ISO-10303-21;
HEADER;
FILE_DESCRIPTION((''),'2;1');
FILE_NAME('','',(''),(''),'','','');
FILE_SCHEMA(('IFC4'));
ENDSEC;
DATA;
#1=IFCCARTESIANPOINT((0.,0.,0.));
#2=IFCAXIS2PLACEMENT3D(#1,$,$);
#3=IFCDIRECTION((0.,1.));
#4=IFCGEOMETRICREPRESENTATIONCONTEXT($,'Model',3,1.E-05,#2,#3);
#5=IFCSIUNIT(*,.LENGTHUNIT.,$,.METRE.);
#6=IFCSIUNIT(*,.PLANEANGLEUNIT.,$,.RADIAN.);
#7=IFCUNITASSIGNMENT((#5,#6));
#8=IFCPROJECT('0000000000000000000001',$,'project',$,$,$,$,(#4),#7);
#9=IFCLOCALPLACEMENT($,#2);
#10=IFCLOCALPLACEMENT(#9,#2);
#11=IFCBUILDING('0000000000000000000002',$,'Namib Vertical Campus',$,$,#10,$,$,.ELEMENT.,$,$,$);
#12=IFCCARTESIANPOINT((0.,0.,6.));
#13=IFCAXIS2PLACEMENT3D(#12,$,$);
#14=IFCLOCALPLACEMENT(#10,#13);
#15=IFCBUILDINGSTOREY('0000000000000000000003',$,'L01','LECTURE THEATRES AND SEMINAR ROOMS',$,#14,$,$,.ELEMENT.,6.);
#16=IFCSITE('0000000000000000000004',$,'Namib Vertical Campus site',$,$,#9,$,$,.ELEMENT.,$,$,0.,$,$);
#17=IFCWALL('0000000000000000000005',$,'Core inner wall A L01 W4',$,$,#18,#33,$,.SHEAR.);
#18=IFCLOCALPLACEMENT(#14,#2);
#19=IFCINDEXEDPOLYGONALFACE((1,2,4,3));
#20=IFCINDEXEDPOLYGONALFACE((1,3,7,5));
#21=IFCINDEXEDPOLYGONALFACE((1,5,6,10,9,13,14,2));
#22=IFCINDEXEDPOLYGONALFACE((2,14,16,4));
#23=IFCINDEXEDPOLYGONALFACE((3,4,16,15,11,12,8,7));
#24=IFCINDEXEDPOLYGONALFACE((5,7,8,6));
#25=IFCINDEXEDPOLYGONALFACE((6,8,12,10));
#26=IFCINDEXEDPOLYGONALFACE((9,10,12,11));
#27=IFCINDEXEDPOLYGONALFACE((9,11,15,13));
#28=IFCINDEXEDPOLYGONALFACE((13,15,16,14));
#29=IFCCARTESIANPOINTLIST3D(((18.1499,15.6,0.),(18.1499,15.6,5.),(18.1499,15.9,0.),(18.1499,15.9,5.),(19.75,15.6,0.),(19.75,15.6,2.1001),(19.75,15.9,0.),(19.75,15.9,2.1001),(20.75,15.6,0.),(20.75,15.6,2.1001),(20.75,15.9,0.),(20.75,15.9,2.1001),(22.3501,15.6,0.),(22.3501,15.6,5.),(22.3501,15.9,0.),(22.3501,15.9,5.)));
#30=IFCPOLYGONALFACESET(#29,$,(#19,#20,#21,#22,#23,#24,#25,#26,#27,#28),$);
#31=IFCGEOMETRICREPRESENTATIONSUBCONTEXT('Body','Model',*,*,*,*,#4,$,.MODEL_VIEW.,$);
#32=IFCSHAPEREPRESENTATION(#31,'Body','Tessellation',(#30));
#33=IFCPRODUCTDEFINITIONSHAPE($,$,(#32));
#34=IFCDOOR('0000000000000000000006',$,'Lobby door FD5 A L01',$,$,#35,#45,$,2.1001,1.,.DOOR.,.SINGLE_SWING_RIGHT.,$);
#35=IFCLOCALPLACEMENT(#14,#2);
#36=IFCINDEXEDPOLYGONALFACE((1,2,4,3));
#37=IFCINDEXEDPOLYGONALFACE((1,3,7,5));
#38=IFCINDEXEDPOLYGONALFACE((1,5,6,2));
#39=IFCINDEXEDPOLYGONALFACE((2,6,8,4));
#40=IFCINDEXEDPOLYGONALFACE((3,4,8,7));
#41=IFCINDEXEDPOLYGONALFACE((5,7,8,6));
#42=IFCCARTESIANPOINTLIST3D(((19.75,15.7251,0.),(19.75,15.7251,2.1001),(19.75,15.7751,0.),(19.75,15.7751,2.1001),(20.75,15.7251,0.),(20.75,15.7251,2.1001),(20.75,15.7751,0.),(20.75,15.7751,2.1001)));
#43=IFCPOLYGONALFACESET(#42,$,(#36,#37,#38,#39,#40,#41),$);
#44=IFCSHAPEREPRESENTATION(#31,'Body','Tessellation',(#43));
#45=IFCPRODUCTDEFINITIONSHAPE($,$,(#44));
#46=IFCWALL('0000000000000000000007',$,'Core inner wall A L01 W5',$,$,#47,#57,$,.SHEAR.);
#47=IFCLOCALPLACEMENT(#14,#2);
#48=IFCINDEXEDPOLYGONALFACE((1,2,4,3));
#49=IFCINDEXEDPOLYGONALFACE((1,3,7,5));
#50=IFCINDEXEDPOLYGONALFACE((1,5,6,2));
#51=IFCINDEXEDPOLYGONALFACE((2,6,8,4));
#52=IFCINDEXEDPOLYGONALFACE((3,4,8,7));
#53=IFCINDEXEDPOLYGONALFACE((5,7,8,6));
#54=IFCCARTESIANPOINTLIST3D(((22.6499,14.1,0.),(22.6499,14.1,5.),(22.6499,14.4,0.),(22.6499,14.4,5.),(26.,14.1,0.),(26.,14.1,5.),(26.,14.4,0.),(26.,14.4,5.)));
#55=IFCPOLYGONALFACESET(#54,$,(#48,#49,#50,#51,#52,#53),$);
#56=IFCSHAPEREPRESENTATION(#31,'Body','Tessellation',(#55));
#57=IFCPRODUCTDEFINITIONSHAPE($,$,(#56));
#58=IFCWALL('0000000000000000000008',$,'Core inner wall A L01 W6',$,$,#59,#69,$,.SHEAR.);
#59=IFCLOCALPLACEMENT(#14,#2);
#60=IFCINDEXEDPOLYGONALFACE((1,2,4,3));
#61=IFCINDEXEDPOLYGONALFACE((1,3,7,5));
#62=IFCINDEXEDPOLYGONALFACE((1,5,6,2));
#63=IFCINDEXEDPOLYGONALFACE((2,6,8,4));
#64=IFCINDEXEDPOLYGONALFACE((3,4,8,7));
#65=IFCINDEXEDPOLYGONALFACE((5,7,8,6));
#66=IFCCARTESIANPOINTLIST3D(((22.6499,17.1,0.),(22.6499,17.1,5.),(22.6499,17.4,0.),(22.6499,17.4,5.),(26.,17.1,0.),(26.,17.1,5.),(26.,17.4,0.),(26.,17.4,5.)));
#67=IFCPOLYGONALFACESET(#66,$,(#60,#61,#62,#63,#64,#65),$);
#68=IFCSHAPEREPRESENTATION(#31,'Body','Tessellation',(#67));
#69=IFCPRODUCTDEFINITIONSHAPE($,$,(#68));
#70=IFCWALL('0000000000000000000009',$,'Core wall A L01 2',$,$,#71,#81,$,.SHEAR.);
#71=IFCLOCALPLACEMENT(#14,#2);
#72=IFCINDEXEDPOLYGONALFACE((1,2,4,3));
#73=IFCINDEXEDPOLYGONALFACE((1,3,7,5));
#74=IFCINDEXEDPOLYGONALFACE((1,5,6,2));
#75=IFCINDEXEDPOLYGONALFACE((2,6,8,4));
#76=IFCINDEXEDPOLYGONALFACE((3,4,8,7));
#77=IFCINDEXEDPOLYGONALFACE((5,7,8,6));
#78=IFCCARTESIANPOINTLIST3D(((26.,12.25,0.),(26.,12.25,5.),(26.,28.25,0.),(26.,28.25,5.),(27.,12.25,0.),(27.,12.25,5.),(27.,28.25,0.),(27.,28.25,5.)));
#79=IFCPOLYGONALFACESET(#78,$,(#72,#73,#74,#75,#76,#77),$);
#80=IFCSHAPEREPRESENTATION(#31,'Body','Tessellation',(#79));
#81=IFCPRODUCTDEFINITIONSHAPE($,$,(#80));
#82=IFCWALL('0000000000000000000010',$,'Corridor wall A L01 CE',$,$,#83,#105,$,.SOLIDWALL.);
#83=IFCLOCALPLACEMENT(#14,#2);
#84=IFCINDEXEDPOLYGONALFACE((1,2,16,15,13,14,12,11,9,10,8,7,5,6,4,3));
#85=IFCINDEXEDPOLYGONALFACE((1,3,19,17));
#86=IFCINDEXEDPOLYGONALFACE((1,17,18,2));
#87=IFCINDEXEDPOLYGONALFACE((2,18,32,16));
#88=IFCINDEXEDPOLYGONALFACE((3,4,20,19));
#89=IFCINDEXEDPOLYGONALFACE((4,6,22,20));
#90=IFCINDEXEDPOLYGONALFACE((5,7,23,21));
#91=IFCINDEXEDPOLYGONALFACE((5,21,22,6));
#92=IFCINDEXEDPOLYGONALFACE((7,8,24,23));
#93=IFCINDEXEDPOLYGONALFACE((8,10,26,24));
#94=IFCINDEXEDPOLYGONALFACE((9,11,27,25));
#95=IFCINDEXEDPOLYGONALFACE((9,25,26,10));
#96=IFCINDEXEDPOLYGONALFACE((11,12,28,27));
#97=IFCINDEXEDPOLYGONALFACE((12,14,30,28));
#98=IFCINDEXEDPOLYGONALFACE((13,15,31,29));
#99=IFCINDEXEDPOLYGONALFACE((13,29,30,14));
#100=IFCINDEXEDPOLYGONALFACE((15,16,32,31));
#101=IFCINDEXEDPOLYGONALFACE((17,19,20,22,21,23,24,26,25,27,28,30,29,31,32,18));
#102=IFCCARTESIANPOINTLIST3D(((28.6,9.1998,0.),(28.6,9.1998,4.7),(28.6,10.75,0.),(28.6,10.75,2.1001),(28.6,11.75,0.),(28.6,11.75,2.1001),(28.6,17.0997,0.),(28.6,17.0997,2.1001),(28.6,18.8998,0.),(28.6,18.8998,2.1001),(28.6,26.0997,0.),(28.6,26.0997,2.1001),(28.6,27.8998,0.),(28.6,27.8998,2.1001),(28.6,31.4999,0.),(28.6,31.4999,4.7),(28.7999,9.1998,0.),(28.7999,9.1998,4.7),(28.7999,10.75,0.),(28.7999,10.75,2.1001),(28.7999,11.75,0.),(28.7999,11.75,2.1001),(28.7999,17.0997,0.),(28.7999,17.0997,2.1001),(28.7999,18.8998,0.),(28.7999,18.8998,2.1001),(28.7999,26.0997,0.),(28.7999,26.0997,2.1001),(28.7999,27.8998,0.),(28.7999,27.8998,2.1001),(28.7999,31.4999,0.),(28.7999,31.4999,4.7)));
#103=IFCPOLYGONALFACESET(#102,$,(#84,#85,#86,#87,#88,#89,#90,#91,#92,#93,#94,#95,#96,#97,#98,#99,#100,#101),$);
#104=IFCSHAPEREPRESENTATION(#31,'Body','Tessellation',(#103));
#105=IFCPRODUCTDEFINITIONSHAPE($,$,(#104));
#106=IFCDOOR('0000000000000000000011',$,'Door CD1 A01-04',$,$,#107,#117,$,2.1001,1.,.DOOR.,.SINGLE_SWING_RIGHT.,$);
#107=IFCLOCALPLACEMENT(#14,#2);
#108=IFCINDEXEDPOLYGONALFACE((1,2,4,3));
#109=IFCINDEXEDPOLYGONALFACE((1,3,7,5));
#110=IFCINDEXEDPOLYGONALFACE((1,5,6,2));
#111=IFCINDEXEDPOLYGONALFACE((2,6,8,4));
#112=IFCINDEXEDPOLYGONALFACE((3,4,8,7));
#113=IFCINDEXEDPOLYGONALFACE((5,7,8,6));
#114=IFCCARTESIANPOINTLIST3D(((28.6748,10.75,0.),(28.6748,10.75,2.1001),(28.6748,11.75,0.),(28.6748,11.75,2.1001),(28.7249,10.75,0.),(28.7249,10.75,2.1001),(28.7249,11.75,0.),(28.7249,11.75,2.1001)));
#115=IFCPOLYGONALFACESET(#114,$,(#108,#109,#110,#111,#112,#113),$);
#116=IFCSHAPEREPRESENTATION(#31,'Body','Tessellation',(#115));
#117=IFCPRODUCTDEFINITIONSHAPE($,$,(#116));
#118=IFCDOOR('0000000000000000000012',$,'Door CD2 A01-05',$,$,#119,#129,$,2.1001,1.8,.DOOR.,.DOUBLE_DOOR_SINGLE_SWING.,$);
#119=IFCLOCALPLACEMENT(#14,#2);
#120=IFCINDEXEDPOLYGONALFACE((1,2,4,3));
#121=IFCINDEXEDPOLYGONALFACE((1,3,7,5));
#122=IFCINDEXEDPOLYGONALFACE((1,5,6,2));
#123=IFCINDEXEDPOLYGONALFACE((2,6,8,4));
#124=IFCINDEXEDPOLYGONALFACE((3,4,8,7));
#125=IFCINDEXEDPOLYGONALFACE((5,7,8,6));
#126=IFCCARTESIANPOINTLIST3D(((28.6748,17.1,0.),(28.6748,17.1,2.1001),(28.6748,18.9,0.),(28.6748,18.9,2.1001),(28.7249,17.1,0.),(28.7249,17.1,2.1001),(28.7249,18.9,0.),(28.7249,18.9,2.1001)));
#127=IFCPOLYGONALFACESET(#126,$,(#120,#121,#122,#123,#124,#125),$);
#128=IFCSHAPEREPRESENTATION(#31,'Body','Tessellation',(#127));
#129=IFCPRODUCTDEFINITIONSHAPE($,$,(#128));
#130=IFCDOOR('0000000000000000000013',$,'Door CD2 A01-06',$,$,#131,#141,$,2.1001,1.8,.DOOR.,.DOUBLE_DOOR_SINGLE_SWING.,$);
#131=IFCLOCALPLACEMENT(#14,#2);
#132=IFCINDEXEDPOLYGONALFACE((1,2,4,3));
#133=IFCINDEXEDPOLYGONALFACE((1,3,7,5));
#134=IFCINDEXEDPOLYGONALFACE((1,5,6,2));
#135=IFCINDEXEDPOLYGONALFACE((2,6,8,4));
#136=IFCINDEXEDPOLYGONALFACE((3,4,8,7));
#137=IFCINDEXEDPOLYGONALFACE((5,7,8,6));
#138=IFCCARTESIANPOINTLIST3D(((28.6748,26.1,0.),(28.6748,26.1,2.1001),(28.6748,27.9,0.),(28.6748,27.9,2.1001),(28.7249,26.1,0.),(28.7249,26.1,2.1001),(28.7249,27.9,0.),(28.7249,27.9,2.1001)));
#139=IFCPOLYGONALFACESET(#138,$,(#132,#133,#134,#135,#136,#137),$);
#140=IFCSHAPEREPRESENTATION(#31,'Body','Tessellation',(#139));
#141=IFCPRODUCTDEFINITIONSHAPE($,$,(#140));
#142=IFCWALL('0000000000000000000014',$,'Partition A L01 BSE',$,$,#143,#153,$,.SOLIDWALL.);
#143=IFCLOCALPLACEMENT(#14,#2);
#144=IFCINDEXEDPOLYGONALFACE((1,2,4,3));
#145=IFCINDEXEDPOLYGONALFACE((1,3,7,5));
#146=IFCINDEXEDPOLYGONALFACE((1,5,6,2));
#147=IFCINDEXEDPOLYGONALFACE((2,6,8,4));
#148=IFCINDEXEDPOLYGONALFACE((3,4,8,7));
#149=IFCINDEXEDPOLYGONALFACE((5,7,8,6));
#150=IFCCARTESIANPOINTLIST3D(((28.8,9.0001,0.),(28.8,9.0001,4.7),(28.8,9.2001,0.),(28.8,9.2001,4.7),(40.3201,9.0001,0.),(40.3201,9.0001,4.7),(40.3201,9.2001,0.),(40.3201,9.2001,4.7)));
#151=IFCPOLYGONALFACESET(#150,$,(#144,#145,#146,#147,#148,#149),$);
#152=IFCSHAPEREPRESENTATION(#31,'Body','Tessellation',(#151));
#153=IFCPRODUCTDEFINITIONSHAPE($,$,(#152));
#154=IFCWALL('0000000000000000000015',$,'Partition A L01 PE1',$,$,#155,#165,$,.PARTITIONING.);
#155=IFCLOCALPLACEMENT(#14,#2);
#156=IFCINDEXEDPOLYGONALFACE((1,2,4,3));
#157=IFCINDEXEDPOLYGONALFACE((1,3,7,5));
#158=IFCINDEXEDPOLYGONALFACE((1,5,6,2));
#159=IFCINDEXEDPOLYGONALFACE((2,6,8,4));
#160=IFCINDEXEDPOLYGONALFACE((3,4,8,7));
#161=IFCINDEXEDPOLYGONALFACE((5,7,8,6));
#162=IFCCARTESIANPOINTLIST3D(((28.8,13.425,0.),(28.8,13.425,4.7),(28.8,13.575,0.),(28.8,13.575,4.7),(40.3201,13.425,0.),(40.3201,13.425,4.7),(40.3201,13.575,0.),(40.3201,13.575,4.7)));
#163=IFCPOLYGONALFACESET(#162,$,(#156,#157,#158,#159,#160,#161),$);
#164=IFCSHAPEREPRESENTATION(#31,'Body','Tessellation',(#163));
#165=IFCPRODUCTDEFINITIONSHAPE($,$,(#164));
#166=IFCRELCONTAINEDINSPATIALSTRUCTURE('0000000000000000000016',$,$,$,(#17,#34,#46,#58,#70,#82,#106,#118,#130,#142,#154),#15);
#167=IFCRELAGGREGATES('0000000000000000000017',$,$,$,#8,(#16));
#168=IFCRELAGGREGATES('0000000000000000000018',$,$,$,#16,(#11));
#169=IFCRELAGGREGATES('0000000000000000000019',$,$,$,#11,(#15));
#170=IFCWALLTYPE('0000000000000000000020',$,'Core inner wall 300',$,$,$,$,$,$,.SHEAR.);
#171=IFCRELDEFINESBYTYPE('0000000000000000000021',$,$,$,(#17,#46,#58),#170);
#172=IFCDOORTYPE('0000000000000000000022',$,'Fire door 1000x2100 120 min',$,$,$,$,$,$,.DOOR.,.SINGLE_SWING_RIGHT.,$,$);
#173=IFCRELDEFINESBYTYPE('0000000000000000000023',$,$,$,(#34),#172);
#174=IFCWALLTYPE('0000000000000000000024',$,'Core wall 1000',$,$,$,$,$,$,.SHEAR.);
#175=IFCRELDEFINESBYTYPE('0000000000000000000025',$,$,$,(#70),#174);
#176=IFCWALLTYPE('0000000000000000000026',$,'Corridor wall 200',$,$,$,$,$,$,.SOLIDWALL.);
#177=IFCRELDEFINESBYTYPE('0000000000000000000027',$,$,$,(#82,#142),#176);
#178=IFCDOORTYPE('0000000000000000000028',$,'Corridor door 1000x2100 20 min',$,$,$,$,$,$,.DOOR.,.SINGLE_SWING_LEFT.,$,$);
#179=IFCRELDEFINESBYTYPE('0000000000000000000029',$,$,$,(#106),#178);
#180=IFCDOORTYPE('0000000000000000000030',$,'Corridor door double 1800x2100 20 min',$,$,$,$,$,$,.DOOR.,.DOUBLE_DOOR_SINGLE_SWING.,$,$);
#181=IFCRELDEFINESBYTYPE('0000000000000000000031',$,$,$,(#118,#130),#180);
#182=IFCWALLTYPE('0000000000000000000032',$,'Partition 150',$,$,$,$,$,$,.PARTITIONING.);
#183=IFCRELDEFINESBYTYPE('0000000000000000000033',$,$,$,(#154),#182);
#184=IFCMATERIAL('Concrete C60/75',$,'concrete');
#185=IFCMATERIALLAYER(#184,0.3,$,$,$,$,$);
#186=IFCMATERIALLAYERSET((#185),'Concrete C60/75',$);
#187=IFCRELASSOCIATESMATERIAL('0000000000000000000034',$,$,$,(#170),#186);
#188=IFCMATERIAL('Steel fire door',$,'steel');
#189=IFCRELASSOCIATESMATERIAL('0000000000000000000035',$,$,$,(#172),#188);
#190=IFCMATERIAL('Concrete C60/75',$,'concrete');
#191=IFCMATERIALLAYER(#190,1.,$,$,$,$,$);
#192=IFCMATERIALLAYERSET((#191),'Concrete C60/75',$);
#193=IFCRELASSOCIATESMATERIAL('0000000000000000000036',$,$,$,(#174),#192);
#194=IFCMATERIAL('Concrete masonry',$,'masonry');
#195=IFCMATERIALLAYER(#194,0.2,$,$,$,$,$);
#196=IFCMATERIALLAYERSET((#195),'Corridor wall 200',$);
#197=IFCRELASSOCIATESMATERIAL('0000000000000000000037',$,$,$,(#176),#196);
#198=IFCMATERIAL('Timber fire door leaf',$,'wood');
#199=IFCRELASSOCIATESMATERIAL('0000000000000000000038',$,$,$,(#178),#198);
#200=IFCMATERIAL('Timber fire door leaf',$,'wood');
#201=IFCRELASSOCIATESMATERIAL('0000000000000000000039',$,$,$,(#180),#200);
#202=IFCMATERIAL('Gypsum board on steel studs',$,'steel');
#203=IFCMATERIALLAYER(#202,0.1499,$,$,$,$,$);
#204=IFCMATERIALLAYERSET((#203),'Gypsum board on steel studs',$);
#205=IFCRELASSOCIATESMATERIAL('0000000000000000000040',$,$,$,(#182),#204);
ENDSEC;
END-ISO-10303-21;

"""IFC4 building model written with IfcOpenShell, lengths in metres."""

from ifc_helpers import new_model, si_unit, direction, frame, frame_2d, origin, place, context, subcontext, project, spatial, rectangle, extrude, material, layer, layer_set, type_object, element, fill, save


model = new_model("IFC4")

# Units and contexts
model_context = context("Model", 3, precision=1e-05, world=origin(), true_north=direction((0.0, 1.0)))
body_context = subcontext(model_context, "Body", "Model", "MODEL_VIEW")
ifc_project = project(units=[si_unit("LENGTHUNIT", "METRE"), si_unit("PLANEANGLEUNIT", "RADIAN")], contexts=[model_context])

# Site, building, storey
site_placement = place(None, origin())
site = spatial("IfcSite", under=ifc_project, at=site_placement, Name="Namib Vertical Campus site", CompositionType="ELEMENT", RefElevation=0.0)
building_placement = place(site_placement, origin())
building = spatial("IfcBuilding", under=site, at=building_placement, Name="Namib Vertical Campus", CompositionType="ELEMENT")
storey_placement = place(building_placement, frame((0.0, 0.0, 6.0)))
storey = spatial("IfcBuildingStorey", under=building, at=storey_placement, Name="L01", Description="LECTURE THEATRES AND SEMINAR ROOMS", CompositionType="ELEMENT", Elevation=6.0)

# Shared definitions
ifc_material_1 = material(Name="Concrete C60/75", Category="concrete")
ifc_layer_1 = layer(ifc_material_1, 0.3)
ifc_layer_set_1 = layer_set([ifc_layer_1], Name="Concrete C60/75")
wall_type_1 = type_object("IfcWallType", Name="Core inner wall 300", PredefinedType="SHEAR", material=ifc_layer_set_1)

# Wall, opening, door
wall_1_placement = place(storey_placement, frame((18.1499, 15.75, 0.0), z_axis=(0.0, 0.0, 1.0), x_axis=(1.0, 0.0, 0.0)))
wall_1 = element("IfcWall", 1, at=wall_1_placement, inside=storey, type_object=wall_type_1, Name="Core inner wall A L01 W4", PredefinedType="SHEAR", context=body_context, shape_type="SweptSolid", body=[
    extrude(rectangle(XDim=4.2002, YDim=0.3, at=frame_2d((2.1001, 0.0))), origin(), (0.0, 0.0, 1.0), 5.0),
])
opening_1_placement = place(wall_1_placement, frame((1.6001, 0.0, 0.0)))
opening_1 = element("IfcOpeningElement", 2, at=opening_1_placement, cuts=wall_1, PredefinedType="OPENING", context=body_context, shape_type="SweptSolid", body=[
    extrude(rectangle(XDim=1.0, YDim=2.1001, at=frame_2d((0.5, 1.05))), frame((0.0, 0.1599, 0.0), z_axis=(0.0, -1.0, 0.0), x_axis=(1.0, 0.0, 0.0)), (0.0, 0.0, 1.0), 0.3201),
])
ifc_material_2 = material(Name="Steel fire door", Category="steel")
door_type_1 = type_object("IfcDoorType", Name="Fire door 1000x2100 120 min", OperationType="SINGLE_SWING_RIGHT", PredefinedType="DOOR", material=ifc_material_2)
door_1_placement = place(opening_1_placement, frame((1.0, 0.0, 0.0), z_axis=(0.0, 0.0, 1.0), x_axis=(-1.0, 0.0, 0.0)))
door_1 = element("IfcDoor", 3, at=door_1_placement, inside=storey, type_object=door_type_1, Name="Lobby door FD5 A L01", OperationType="SINGLE_SWING_RIGHT", OverallHeight=2.1001, OverallWidth=1.0, PredefinedType="DOOR", context=body_context, shape_type="SweptSolid", body=[
    extrude(rectangle(XDim=1.0, YDim=2.1001, at=frame_2d((0.5, 1.05))), frame((0.0, 0.0249, 0.0), z_axis=(0.0, -1.0, 0.0), x_axis=(1.0, 0.0, 0.0)), (0.0, 0.0, 1.0), 0.05),
])
fill(opening_1, door_1)

# Walls
for number, where, z_axis, x_axis, name in (
    (4, (22.6499, 14.25, 0.0), (0.0, 0.0, 1.0), (1.0, 0.0, 0.0), "Core inner wall A L01 W5"),
    (5, (22.6499, 17.25, 0.0), (0.0, 0.0, 1.0), (1.0, 0.0, 0.0), "Core inner wall A L01 W6"),
):
    element("IfcWall", number, at=place(storey_placement, frame(where, z_axis=z_axis, x_axis=x_axis)), inside=storey, type_object=wall_type_1, Name=name, PredefinedType="SHEAR", context=body_context, shape_type="SweptSolid", body=[
        extrude(rectangle(XDim=3.3501, YDim=0.3, at=frame_2d((1.675, 0.0))), origin(), (0.0, 0.0, 1.0), 5.0),
    ])
ifc_material_3 = material(Name="Concrete C60/75", Category="concrete")
ifc_layer_2 = layer(ifc_material_3, 1.0)
ifc_layer_set_2 = layer_set([ifc_layer_2], Name="Concrete C60/75")
wall_type_2 = type_object("IfcWallType", Name="Core wall 1000", PredefinedType="SHEAR", material=ifc_layer_set_2)
wall_2_placement = place(storey_placement, frame((26.5, 12.25, 0.0), z_axis=(0.0, 0.0, 1.0), x_axis=(0.0, 1.0, 0.0)))
element("IfcWall", 6, at=wall_2_placement, inside=storey, type_object=wall_type_2, Name="Core wall A L01 2", PredefinedType="SHEAR", context=body_context, shape_type="SweptSolid", body=[
    extrude(rectangle(XDim=16.0, YDim=1.0, at=frame_2d((8.0, 0.0))), origin(), (0.0, 0.0, 1.0), 5.0),
])

# Wall, openings, doors
ifc_material_4 = material(Name="Concrete masonry", Category="masonry")
ifc_layer_3 = layer(ifc_material_4, 0.2)
ifc_layer_set_3 = layer_set([ifc_layer_3], Name="Corridor wall 200")
wall_type_3 = type_object("IfcWallType", Name="Corridor wall 200", PredefinedType="SOLIDWALL", material=ifc_layer_set_3)
wall_3_placement = place(storey_placement, frame((28.7, 9.2, 0.0), z_axis=(0.0, 0.0, 1.0), x_axis=(0.0, 1.0, 0.0)))
wall_3 = element("IfcWall", 7, at=wall_3_placement, inside=storey, type_object=wall_type_3, Name="Corridor wall A L01 CE", PredefinedType="SOLIDWALL", context=body_context, shape_type="SweptSolid", body=[
    extrude(rectangle(XDim=22.3, YDim=0.2, at=frame_2d((11.1499, 0.0))), origin(), (0.0, 0.0, 1.0), 4.7),
])
opening_2_placement = place(wall_3_placement, frame((1.55, 0.0, 0.0)))
opening_2 = element("IfcOpeningElement", 8, at=opening_2_placement, cuts=wall_3, PredefinedType="OPENING", context=body_context, shape_type="SweptSolid", body=[
    extrude(rectangle(XDim=1.0, YDim=2.1001, at=frame_2d((0.5, 1.05))), frame((0.0, 0.1099, 0.0), z_axis=(0.0, -1.0, 0.0), x_axis=(1.0, 0.0, 0.0)), (0.0, 0.0, 1.0), 0.22),
])
opening_3_placement = place(wall_3_placement, frame((7.8999, 0.0, 0.0)))
opening_3 = element("IfcOpeningElement", 9, at=opening_3_placement, cuts=wall_3, PredefinedType="OPENING", context=body_context, shape_type="SweptSolid", body=[
    extrude(rectangle(XDim=1.8, YDim=2.1001, at=frame_2d((0.8999, 1.05))), frame((0.0, 0.1099, 0.0), z_axis=(0.0, -1.0, 0.0), x_axis=(1.0, 0.0, 0.0)), (0.0, 0.0, 1.0), 0.22),
])
opening_4_placement = place(wall_3_placement, frame((16.8999, 0.0, 0.0)))
opening_4 = element("IfcOpeningElement", 10, at=opening_4_placement, cuts=wall_3, PredefinedType="OPENING", context=body_context, shape_type="SweptSolid", body=[
    extrude(rectangle(XDim=1.8, YDim=2.1001, at=frame_2d((0.8999, 1.05))), frame((0.0, 0.1099, 0.0), z_axis=(0.0, -1.0, 0.0), x_axis=(1.0, 0.0, 0.0)), (0.0, 0.0, 1.0), 0.22),
])
ifc_material_5 = material(Name="Timber fire door leaf", Category="wood")
door_type_2 = type_object("IfcDoorType", Name="Corridor door 1000x2100 20 min", OperationType="SINGLE_SWING_LEFT", PredefinedType="DOOR", material=ifc_material_5)
door_2_placement = place(opening_2_placement, frame((1.0, 0.0, 0.0), z_axis=(0.0, 0.0, 1.0), x_axis=(-1.0, 0.0, 0.0)))
door_2 = element("IfcDoor", 11, at=door_2_placement, inside=storey, type_object=door_type_2, Name="Door CD1 A01-04", OperationType="SINGLE_SWING_RIGHT", OverallHeight=2.1001, OverallWidth=1.0, PredefinedType="DOOR", context=body_context, shape_type="SweptSolid", body=[
    extrude(rectangle(XDim=1.0, YDim=2.1001, at=frame_2d((0.5, 1.05))), frame((0.0, 0.0249, 0.0), z_axis=(0.0, -1.0, 0.0), x_axis=(1.0, 0.0, 0.0)), (0.0, 0.0, 1.0), 0.05),
])
fill(opening_2, door_2)
ifc_material_6 = material(Name="Timber fire door leaf", Category="wood")
door_type_3 = type_object("IfcDoorType", Name="Corridor door double 1800x2100 20 min", OperationType="DOUBLE_DOOR_SINGLE_SWING", PredefinedType="DOOR", material=ifc_material_6)
door_3_placement = place(opening_3_placement, frame((1.8, 0.0, 0.0), z_axis=(0.0, 0.0, 1.0), x_axis=(-1.0, 0.0, 0.0)))
door_3 = element("IfcDoor", 12, at=door_3_placement, inside=storey, type_object=door_type_3, Name="Door CD2 A01-05", OperationType="DOUBLE_DOOR_SINGLE_SWING", OverallHeight=2.1001, OverallWidth=1.8, PredefinedType="DOOR", context=body_context, shape_type="SweptSolid", body=[
    extrude(rectangle(XDim=1.8, YDim=2.1001, at=frame_2d((0.8999, 1.05))), frame((0.0, 0.0249, 0.0), z_axis=(0.0, -1.0, 0.0), x_axis=(1.0, 0.0, 0.0)), (0.0, 0.0, 1.0), 0.05),
])
fill(opening_3, door_3)
door_4_placement = place(opening_4_placement, frame((1.8, 0.0, 0.0), z_axis=(0.0, 0.0, 1.0), x_axis=(-1.0, 0.0, 0.0)))
door_4 = element("IfcDoor", 13, at=door_4_placement, inside=storey, type_object=door_type_3, Name="Door CD2 A01-06", OperationType="DOUBLE_DOOR_SINGLE_SWING", OverallHeight=2.1001, OverallWidth=1.8, PredefinedType="DOOR", context=body_context, shape_type="SweptSolid", body=[
    extrude(rectangle(XDim=1.8, YDim=2.1001, at=frame_2d((0.8999, 1.05))), frame((0.0, 0.0249, 0.0), z_axis=(0.0, -1.0, 0.0), x_axis=(1.0, 0.0, 0.0)), (0.0, 0.0, 1.0), 0.05),
])
fill(opening_4, door_4)

# Walls
wall_4_placement = place(storey_placement, frame((28.8, 9.1001, 0.0), z_axis=(0.0, 0.0, 1.0), x_axis=(1.0, 0.0, 0.0)))
element("IfcWall", 14, at=wall_4_placement, inside=storey, type_object=wall_type_3, Name="Partition A L01 BSE", PredefinedType="SOLIDWALL", context=body_context, shape_type="SweptSolid", body=[
    extrude(rectangle(XDim=11.52, YDim=0.2, at=frame_2d((5.76, 0.0))), origin(), (0.0, 0.0, 1.0), 4.7),
])
ifc_material_7 = material(Name="Gypsum board on steel studs", Category="steel")
ifc_layer_4 = layer(ifc_material_7, 0.1499)
ifc_layer_set_4 = layer_set([ifc_layer_4], Name="Gypsum board on steel studs")
wall_type_4 = type_object("IfcWallType", Name="Partition 150", PredefinedType="PARTITIONING", material=ifc_layer_set_4)
wall_5_placement = place(storey_placement, frame((28.8, 13.5, 0.0), z_axis=(0.0, 0.0, 1.0), x_axis=(1.0, 0.0, 0.0)))
element("IfcWall", 15, at=wall_5_placement, inside=storey, type_object=wall_type_4, Name="Partition A L01 PE1", PredefinedType="PARTITIONING", context=body_context, shape_type="SweptSolid", body=[
    extrude(rectangle(XDim=11.52, YDim=0.1499, at=frame_2d((5.76, 0.0))), origin(), (0.0, 0.0, 1.0), 4.7),
])

save(model, "model.ifc")
